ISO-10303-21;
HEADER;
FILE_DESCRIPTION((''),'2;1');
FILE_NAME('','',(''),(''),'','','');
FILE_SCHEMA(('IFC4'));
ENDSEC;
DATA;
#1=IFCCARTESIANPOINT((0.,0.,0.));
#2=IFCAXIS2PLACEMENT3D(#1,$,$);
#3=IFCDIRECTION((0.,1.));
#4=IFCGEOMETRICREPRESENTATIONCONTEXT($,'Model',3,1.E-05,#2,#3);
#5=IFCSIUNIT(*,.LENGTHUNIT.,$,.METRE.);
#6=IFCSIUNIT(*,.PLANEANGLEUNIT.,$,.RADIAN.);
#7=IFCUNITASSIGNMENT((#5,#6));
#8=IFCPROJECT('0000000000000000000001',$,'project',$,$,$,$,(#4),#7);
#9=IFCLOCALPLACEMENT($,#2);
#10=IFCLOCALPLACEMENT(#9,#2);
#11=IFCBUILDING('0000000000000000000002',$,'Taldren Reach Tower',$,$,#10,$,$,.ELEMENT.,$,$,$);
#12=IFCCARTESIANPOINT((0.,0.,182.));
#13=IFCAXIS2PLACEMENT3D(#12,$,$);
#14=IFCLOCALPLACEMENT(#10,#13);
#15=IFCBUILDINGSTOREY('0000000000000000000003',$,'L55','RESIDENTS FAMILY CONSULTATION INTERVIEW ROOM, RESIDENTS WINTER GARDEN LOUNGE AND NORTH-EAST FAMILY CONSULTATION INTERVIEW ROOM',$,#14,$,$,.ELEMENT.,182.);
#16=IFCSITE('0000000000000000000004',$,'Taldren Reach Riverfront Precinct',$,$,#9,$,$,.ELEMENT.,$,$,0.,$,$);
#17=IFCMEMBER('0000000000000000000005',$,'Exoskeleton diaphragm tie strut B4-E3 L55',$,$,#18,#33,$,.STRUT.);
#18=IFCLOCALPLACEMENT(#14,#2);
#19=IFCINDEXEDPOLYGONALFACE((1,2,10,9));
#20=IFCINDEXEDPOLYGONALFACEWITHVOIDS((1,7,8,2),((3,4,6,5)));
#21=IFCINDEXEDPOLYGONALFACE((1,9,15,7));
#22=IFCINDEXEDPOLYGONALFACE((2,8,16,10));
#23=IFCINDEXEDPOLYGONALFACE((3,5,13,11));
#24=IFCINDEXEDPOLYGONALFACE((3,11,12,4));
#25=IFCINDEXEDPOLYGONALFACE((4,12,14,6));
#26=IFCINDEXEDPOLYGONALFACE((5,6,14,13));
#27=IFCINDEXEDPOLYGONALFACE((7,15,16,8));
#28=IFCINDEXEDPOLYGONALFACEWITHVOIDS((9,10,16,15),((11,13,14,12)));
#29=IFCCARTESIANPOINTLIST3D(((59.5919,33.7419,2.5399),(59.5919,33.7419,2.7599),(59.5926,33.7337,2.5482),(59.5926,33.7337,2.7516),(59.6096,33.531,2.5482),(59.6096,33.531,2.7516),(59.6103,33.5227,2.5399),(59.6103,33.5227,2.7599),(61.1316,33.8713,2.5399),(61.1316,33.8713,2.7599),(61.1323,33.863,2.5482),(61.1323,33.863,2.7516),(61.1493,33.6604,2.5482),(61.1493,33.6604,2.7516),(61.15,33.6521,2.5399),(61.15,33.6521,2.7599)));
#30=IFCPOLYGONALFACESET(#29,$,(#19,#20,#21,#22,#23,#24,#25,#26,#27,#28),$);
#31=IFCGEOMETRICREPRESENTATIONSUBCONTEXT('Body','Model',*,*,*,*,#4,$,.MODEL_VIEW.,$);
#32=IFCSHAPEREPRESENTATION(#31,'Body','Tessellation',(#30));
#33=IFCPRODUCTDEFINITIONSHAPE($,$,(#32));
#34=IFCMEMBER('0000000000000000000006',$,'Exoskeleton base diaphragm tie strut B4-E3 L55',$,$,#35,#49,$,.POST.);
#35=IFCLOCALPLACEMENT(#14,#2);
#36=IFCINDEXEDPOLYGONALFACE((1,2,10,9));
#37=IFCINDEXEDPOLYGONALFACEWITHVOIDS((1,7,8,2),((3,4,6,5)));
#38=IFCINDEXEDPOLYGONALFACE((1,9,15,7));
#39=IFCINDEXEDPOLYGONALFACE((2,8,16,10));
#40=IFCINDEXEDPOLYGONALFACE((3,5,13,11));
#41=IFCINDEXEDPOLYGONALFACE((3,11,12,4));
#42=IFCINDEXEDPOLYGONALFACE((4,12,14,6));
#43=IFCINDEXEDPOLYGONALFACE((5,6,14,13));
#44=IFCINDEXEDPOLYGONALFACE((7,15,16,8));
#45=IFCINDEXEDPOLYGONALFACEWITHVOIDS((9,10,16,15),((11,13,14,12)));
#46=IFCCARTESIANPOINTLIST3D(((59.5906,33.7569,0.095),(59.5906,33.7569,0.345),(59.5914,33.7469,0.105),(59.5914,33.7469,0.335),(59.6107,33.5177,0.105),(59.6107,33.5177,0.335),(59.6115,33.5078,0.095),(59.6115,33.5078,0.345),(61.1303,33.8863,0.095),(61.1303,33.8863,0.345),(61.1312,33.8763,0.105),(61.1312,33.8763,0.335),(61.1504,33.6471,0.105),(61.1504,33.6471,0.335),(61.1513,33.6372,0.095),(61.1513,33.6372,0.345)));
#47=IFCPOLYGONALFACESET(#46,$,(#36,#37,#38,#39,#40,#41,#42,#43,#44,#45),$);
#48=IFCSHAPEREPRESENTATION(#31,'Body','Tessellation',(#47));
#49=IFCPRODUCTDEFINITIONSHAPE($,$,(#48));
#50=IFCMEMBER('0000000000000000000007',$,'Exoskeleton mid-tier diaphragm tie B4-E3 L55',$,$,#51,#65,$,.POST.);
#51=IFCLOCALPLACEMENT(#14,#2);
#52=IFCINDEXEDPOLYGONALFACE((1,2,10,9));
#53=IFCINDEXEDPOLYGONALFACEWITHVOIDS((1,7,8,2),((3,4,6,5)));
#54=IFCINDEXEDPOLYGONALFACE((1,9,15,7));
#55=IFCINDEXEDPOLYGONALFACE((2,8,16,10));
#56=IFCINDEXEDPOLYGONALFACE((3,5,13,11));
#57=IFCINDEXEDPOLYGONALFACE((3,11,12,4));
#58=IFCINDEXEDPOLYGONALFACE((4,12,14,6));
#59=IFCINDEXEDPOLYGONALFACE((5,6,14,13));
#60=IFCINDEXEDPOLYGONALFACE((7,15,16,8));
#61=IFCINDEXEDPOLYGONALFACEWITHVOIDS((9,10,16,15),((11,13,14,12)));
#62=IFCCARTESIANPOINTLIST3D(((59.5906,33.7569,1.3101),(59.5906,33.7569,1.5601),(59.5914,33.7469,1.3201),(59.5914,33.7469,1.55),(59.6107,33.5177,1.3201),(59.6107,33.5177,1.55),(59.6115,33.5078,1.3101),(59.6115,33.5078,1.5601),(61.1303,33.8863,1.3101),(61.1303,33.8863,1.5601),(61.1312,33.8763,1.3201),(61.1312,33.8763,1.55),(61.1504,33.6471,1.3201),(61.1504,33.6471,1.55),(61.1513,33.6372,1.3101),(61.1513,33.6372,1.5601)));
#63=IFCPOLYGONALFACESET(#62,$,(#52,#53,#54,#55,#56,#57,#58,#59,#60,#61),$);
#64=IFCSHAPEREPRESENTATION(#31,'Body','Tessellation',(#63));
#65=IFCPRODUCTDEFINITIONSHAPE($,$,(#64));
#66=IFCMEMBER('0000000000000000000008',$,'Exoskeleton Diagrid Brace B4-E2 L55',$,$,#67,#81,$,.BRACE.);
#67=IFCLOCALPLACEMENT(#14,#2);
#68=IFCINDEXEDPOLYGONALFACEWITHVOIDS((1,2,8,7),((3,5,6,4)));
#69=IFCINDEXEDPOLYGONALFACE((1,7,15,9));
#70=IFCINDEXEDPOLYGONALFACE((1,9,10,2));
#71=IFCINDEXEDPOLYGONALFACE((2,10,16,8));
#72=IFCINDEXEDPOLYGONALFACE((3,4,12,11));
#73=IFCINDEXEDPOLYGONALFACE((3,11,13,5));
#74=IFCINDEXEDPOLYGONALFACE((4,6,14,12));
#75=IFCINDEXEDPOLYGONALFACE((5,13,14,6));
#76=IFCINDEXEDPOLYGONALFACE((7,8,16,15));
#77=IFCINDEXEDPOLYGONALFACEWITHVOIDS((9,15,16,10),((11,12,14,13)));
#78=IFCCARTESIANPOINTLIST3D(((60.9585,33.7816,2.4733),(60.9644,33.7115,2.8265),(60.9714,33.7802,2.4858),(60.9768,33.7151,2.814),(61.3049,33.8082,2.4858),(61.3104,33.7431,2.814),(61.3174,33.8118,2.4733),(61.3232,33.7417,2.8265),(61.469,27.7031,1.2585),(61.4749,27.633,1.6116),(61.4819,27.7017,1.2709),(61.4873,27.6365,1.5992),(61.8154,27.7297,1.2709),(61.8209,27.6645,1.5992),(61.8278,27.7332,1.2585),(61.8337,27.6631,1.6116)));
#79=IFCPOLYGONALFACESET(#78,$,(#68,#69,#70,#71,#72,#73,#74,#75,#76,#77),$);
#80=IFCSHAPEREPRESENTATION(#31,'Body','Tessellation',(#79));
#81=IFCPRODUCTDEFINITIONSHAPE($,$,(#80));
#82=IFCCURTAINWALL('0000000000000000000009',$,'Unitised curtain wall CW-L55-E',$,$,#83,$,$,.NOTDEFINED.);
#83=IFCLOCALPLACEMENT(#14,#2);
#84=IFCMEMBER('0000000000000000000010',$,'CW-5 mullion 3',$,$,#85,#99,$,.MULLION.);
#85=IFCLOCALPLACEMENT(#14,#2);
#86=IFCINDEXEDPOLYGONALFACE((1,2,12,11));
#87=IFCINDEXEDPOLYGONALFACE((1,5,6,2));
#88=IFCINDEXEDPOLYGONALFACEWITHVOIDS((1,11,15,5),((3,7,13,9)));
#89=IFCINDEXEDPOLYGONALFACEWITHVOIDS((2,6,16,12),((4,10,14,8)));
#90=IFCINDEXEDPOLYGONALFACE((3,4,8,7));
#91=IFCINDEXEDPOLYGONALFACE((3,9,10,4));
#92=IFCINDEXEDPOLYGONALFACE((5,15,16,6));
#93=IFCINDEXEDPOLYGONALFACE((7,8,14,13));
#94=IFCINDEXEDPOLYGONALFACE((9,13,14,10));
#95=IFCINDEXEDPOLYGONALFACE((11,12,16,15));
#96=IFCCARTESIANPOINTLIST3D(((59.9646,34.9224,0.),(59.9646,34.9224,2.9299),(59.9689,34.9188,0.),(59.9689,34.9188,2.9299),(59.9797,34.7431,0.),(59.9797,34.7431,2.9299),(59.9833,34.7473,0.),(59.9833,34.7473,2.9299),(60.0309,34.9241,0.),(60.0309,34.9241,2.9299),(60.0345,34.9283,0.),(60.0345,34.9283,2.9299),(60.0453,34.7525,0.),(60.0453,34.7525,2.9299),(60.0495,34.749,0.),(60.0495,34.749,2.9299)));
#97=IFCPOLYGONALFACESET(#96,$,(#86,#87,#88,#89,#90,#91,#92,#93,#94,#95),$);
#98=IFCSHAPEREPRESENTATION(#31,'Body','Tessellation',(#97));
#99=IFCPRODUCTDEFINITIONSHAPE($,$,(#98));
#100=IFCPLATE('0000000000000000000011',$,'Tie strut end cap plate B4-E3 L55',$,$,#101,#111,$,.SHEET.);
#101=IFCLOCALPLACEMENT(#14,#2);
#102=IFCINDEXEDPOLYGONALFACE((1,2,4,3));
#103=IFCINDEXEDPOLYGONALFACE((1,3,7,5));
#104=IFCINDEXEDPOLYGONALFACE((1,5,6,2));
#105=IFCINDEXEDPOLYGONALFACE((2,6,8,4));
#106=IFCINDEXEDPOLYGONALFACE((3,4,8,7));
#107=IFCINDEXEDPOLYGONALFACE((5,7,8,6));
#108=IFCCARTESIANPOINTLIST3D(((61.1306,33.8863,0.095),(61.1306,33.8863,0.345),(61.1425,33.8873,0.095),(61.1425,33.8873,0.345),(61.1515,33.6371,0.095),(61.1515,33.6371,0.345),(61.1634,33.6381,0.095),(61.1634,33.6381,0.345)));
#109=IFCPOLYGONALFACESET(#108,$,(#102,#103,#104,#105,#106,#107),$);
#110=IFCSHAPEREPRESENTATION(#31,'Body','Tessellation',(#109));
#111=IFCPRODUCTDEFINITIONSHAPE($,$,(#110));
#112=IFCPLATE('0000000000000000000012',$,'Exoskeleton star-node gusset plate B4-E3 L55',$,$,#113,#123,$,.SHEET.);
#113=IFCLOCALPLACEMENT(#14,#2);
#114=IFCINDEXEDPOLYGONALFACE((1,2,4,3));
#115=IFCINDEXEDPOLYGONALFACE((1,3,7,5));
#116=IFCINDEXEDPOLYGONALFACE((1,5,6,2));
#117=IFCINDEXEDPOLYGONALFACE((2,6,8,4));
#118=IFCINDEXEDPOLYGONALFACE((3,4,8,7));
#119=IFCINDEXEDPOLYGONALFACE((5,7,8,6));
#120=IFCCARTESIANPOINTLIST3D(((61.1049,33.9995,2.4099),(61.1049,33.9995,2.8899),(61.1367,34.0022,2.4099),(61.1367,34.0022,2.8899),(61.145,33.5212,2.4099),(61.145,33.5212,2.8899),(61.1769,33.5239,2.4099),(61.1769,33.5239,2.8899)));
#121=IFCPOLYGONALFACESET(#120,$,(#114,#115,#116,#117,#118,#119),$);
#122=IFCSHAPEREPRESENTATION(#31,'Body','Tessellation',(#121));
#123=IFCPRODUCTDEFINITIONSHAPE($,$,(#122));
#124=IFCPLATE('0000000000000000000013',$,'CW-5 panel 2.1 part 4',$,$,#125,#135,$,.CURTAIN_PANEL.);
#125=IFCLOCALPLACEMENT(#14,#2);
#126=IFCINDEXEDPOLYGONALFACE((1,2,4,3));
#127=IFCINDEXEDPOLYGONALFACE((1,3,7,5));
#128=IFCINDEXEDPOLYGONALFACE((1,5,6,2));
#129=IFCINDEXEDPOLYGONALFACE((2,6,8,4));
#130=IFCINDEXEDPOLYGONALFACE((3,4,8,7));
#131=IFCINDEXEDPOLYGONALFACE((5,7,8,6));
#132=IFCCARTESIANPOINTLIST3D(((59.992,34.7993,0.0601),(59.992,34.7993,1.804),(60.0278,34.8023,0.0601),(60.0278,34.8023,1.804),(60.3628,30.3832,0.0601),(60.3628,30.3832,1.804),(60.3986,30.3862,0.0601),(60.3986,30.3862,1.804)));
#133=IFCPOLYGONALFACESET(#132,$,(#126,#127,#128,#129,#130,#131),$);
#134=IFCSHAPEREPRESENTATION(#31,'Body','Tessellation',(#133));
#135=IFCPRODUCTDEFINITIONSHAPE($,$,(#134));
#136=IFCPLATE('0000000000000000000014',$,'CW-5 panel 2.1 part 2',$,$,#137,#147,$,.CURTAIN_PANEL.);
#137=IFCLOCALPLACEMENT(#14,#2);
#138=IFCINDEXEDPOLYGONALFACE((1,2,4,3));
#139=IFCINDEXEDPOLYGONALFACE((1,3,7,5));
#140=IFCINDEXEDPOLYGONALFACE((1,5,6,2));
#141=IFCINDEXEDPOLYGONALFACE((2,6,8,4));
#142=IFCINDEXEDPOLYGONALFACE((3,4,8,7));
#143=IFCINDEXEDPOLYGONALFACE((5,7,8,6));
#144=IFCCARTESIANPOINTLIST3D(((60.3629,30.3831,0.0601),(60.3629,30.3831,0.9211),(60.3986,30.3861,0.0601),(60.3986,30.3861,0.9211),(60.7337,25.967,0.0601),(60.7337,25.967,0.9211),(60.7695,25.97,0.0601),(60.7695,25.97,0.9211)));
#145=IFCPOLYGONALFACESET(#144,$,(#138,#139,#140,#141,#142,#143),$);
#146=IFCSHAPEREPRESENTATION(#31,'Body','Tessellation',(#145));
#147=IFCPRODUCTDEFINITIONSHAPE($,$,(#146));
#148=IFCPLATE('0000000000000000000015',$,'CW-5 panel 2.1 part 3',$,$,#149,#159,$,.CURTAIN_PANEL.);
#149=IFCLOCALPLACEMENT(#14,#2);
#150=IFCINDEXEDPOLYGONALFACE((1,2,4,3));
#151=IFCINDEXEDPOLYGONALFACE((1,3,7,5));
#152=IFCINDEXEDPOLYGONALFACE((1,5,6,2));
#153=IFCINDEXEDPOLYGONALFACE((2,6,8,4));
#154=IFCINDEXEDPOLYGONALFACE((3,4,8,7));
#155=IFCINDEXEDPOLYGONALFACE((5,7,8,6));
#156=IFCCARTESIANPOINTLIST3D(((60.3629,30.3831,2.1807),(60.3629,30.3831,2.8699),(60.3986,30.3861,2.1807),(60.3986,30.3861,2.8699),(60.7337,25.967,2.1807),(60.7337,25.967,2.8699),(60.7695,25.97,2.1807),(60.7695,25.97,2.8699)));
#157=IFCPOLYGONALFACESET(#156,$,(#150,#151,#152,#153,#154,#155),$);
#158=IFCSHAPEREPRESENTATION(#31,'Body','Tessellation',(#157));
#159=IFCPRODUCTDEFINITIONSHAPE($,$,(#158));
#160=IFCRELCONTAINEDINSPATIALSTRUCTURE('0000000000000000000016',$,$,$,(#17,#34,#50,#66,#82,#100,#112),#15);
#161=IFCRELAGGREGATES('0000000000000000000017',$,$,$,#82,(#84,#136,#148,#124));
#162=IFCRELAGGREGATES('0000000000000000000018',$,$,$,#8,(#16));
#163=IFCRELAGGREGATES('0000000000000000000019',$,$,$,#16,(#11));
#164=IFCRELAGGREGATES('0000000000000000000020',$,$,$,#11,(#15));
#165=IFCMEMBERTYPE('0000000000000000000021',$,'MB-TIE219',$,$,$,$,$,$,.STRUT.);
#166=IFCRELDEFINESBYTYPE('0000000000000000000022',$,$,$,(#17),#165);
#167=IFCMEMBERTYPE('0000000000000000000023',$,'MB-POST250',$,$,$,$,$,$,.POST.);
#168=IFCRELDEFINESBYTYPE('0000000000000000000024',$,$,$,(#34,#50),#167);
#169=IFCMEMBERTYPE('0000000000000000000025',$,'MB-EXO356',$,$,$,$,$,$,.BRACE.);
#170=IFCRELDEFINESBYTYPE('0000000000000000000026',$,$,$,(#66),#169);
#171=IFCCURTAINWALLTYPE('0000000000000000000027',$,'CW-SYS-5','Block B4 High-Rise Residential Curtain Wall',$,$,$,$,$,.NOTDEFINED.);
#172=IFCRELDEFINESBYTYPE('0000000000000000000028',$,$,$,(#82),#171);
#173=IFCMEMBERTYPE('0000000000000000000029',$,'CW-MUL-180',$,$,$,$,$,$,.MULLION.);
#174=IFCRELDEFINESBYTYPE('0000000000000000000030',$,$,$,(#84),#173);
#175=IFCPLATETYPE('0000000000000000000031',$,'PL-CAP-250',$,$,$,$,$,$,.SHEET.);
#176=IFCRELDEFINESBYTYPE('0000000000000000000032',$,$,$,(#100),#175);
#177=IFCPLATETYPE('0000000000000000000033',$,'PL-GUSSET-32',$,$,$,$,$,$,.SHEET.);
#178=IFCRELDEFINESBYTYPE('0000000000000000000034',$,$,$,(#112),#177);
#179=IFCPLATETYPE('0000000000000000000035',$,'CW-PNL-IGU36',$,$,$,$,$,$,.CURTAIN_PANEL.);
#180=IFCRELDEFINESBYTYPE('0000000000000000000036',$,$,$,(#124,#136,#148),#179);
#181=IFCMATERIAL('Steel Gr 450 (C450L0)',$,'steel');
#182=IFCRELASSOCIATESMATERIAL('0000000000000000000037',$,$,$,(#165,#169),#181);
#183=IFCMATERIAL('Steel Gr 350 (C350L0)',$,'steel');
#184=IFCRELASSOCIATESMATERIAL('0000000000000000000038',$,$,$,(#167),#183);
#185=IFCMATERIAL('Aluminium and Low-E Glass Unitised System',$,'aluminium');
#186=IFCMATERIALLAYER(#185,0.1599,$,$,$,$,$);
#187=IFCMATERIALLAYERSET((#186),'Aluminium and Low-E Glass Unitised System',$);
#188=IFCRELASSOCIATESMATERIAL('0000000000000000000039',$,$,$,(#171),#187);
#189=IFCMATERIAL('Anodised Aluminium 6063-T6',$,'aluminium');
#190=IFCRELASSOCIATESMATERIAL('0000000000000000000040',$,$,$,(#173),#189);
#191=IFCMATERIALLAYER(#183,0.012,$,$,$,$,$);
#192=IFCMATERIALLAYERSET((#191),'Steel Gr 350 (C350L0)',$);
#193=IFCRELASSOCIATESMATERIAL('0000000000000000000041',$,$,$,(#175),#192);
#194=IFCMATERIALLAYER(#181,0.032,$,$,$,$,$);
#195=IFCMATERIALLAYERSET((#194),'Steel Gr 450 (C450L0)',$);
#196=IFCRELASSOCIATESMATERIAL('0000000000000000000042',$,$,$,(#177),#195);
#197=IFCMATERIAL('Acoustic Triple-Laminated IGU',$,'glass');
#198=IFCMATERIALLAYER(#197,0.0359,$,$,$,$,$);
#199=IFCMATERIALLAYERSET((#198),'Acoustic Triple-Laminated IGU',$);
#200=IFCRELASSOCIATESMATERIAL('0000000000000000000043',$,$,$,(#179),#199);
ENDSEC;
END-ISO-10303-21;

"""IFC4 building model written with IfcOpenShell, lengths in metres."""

from ifc_helpers import new_model, si_unit, direction, frame, origin, origin_2d, place, context, subcontext, project, spatial, rectangle, hollow_rectangle, extrude, source, transform, mapped, material, layer, layer_set, material_profile, profile_set, type_object, element, aggregate, save


model = new_model("IFC4")

# Units and contexts
model_context = context("Model", 3, precision=1e-05, world=origin(), true_north=direction((0.0, 1.0)))
body_context = subcontext(model_context, "Body", "Model", "MODEL_VIEW")
ifc_project = project(units=[si_unit("LENGTHUNIT", "METRE"), si_unit("PLANEANGLEUNIT", "RADIAN")], contexts=[model_context])

# Site, building, storey
site_placement = place(None, origin())
site = spatial("IfcSite", under=ifc_project, at=site_placement, Name="Taldren Reach Riverfront Precinct", CompositionType="ELEMENT", RefElevation=0.0)
building_placement = place(site_placement, origin())
building = spatial("IfcBuilding", under=site, at=building_placement, Name="Taldren Reach Tower", CompositionType="ELEMENT")
storey_placement = place(building_placement, frame((0.0, 0.0, 182.0)))
storey = spatial("IfcBuildingStorey", under=building, at=storey_placement, Name="L55", Description="RESIDENTS FAMILY CONSULTATION INTERVIEW ROOM, RESIDENTS WINTER GARDEN LOUNGE AND NORTH-EAST FAMILY CONSULTATION INTERVIEW ROOM", CompositionType="ELEMENT", Elevation=182.0)

# Shared definitions
ifc_material_1 = material(Name="Steel Gr 450 (C450L0)", Category="steel")

# Members
ifc_material_profile_1 = material_profile(ifc_material_1, hollow_rectangle(XDim=0.22, YDim=0.22, WallThickness=0.0083, at=origin_2d()), Name="220x220x8.2SHS")
ifc_profile_set_1 = profile_set([ifc_material_profile_1], Name="Steel Gr 450 (C450L0)")
member_type_1 = type_object("IfcMemberType", Name="MB-TIE219", PredefinedType="STRUT", material=ifc_profile_set_1)
shared_shape_1 = source(origin(), body_context, "Body", "SweptSolid", [
    extrude(hollow_rectangle(XDim=0.22, YDim=0.22, WallThickness=0.0083, at=origin_2d()), origin(), (0.0, 0.0, 1.0), 1.5452),
])
member_1_placement = place(storey_placement, frame((59.6011, 33.6323, 2.6499), z_axis=(0.996488, 0.083738, 0.0), x_axis=(-0.083738, 0.996488, 0.0)))
element("IfcMember", 1, at=member_1_placement, inside=storey, type_object=member_type_1, Name="Exoskeleton diaphragm tie strut B4-E3 L55", PredefinedType="STRUT", context=body_context, shape_type="MappedRepresentation", body=[
    mapped(shared_shape_1, transform((0.0, 0.0, 0.0), scale=1.0)),
])
ifc_material_2 = material(Name="Steel Gr 350 (C350L0)", Category="steel")
ifc_material_profile_2 = material_profile(ifc_material_2, hollow_rectangle(XDim=0.25, YDim=0.25, WallThickness=0.01, at=origin_2d()), Name="250x250x10.0SHS")
ifc_profile_set_2 = profile_set([ifc_material_profile_2], Name="Steel Gr 350 (C350L0)")
member_type_2 = type_object("IfcMemberType", Name="MB-POST250", PredefinedType="POST", material=ifc_profile_set_2)
shared_shape_2 = source(origin(), body_context, "Body", "SweptSolid", [
    extrude(hollow_rectangle(XDim=0.25, YDim=0.25, WallThickness=0.01, at=origin_2d()), origin(), (0.0, 0.0, 1.0), 1.5452),
])
for number, where, z_axis, x_axis, name in (
    (2, (59.6011, 33.6323, 0.22), (0.996488, 0.083738, 0.0), (-0.083738, 0.996488, 0.0), "Exoskeleton base diaphragm tie strut B4-E3 L55"),
    (3, (59.6011, 33.6323, 1.4351), (0.996488, 0.083738, 0.0), (-0.083738, 0.996488, 0.0), "Exoskeleton mid-tier diaphragm tie B4-E3 L55"),
):
    element("IfcMember", number, at=place(storey_placement, frame(where, z_axis=z_axis, x_axis=x_axis)), inside=storey, type_object=member_type_2, Name=name, PredefinedType="POST", context=body_context, shape_type="MappedRepresentation", body=[
        mapped(shared_shape_2, transform((0.0, 0.0, 0.0), scale=1.0)),
    ])
ifc_material_profile_3 = material_profile(ifc_material_1, hollow_rectangle(XDim=0.3601, YDim=0.3601, WallThickness=0.0127, at=origin_2d()), Name="360x360x12.7SHS")
ifc_profile_set_3 = profile_set([ifc_material_profile_3], Name="Steel Gr 450 (C450L0)")
member_type_3 = type_object("IfcMemberType", Name="MB-EXO356", PredefinedType="BRACE", material=ifc_profile_set_3)
shared_shape_3 = source(origin(), body_context, "Body", "SweptSolid", [
    extrude(hollow_rectangle(XDim=0.3601, YDim=0.3601, WallThickness=0.0127, at=origin_2d()), origin(), (0.0, 0.0, 1.0), 6.2197),
])
member_2_placement = place(storey_placement, frame((61.6514, 27.6831, 1.4351), z_axis=(-0.082076, 0.977299, 0.195319), x_axis=(-0.996492, -0.083688, 0.0)))
element("IfcMember", 4, at=member_2_placement, inside=storey, type_object=member_type_3, Name="Exoskeleton Diagrid Brace B4-E2 L55", PredefinedType="BRACE", context=body_context, shape_type="MappedRepresentation", body=[
    mapped(shared_shape_3, transform((0.0, 0.0, 0.0), scale=1.0)),
])

# Curtain wall, member
ifc_material_3 = material(Name="Aluminium and Low-E Glass Unitised System", Category="aluminium")
ifc_layer_1 = layer(ifc_material_3, 0.1599)
ifc_layer_set_1 = layer_set([ifc_layer_1], Name="Aluminium and Low-E Glass Unitised System")
curtain_wall_type = type_object("IfcCurtainWallType", Name="CW-SYS-5", Description="Block B4 High-Rise Residential Curtain Wall", PredefinedType="NOTDEFINED", material=ifc_layer_set_1)
curtain_wall_placement = place(storey_placement, origin())
curtain_wall = element("IfcCurtainWall", 5, at=curtain_wall_placement, inside=storey, type_object=curtain_wall_type, Name="Unitised curtain wall CW-L55-E", PredefinedType="NOTDEFINED")
ifc_material_4 = material(Name="Anodised Aluminium 6063-T6", Category="aluminium")
ifc_material_profile_4 = material_profile(ifc_material_4, hollow_rectangle(XDim=0.0701, YDim=0.1799, WallThickness=0.0039, at=origin_2d()), Name="ALU-180x70x4RHS")
ifc_profile_set_4 = profile_set([ifc_material_profile_4], Name="Anodised Aluminium 6063-T6")
member_type_4 = type_object("IfcMemberType", Name="CW-MUL-180", PredefinedType="MULLION", material=ifc_profile_set_4)
shared_shape_4 = source(origin(), body_context, "Body", "SweptSolid", [
    extrude(hollow_rectangle(XDim=0.0701, YDim=0.1799, WallThickness=0.0039, at=origin_2d()), origin(), (0.0, 0.0, 1.0), 2.9299),
])
member_3_placement = place(storey_placement, frame((60.0071, 34.8357, 0.0), z_axis=(0.0, 0.0, 1.0), x_axis=(-0.996493, -0.083678, 0.0)))
member_3 = element("IfcMember", 6, at=member_3_placement, type_object=member_type_4, Name="CW-5 mullion 3", PredefinedType="MULLION", context=body_context, shape_type="MappedRepresentation", body=[
    mapped(shared_shape_4, transform((0.0, 0.0, 0.0), scale=1.0)),
])

# Plates
ifc_layer_2 = layer(ifc_material_2, 0.012)
ifc_layer_set_2 = layer_set([ifc_layer_2], Name="Steel Gr 350 (C350L0)")
plate_type_1 = type_object("IfcPlateType", Name="PL-CAP-250", PredefinedType="SHEET", material=ifc_layer_set_2)
shared_shape_5 = source(origin(), body_context, "Body", "SweptSolid", [
    extrude(rectangle(XDim=0.012, YDim=0.25, at=origin_2d()), origin(), (0.0, 0.0, 1.0), 0.25),
])
plate_1_placement = place(storey_placement, frame((61.147, 33.7622, 0.095), z_axis=(0.0, 0.0, 1.0), x_axis=(0.996493, 0.083678, 0.0)))
element("IfcPlate", 7, at=plate_1_placement, inside=storey, type_object=plate_type_1, Name="Tie strut end cap plate B4-E3 L55", PredefinedType="SHEET", context=body_context, shape_type="MappedRepresentation", body=[
    mapped(shared_shape_5, transform((0.0, 0.0, 0.0), scale=1.0)),
])
ifc_layer_3 = layer(ifc_material_1, 0.032)
ifc_layer_set_3 = layer_set([ifc_layer_3], Name="Steel Gr 450 (C450L0)")
plate_type_2 = type_object("IfcPlateType", Name="PL-GUSSET-32", PredefinedType="SHEET", material=ifc_layer_set_3)
shared_shape_6 = source(origin(), body_context, "Body", "SweptSolid", [
    extrude(rectangle(XDim=0.48, YDim=0.032, at=origin_2d()), origin(), (0.0, 0.0, 1.0), 0.48),
])
plate_2_placement = place(storey_placement, frame((61.1409, 33.7617, 2.4099), z_axis=(0.0, 0.0, 1.0), x_axis=(-0.083678, 0.996493, 0.0)))
element("IfcPlate", 8, at=plate_2_placement, inside=storey, type_object=plate_type_2, Name="Exoskeleton star-node gusset plate B4-E3 L55", PredefinedType="SHEET", context=body_context, shape_type="MappedRepresentation", body=[
    mapped(shared_shape_6, transform((0.0, 0.0, 0.0), scale=1.0)),
])

# Plates
ifc_material_5 = material(Name="Acoustic Triple-Laminated IGU", Category="glass")
ifc_layer_4 = layer(ifc_material_5, 0.0359)
ifc_layer_set_4 = layer_set([ifc_layer_4], Name="Acoustic Triple-Laminated IGU")
plate_type_3 = type_object("IfcPlateType", Name="CW-PNL-IGU36", PredefinedType="CURTAIN_PANEL", material=ifc_layer_set_4)
shared_shape_7 = source(origin(), body_context, "Body", "SweptSolid", [
    extrude(rectangle(XDim=4.4316, YDim=0.0359, at=origin_2d()), origin(), (0.0, 0.0, 1.0), 1.7439),
])
plate_3_placement = place(storey_placement, frame((60.1953, 32.5928, 0.0601), z_axis=(0.0, 0.0, 1.0), x_axis=(-0.083678, 0.996493, 0.0)))
plate_3 = element("IfcPlate", 9, at=plate_3_placement, type_object=plate_type_3, Name="CW-5 panel 2.1 part 4", PredefinedType="CURTAIN_PANEL", context=body_context, shape_type="MappedRepresentation", body=[
    mapped(shared_shape_7, transform((0.0, 0.0, 0.0), scale=1.0)),
])
shared_shape_8 = source(origin(), body_context, "Body", "SweptSolid", [
    extrude(rectangle(XDim=4.4316, YDim=0.0359, at=origin_2d()), origin(), (0.0, 0.0, 1.0), 0.8611),
])
plate_4_placement = place(storey_placement, frame((60.5662, 28.1765, 0.0601), z_axis=(0.0, 0.0, 1.0), x_axis=(-0.083678, 0.996493, 0.0)))
plate_4 = element("IfcPlate", 10, at=plate_4_placement, type_object=plate_type_3, Name="CW-5 panel 2.1 part 2", PredefinedType="CURTAIN_PANEL", context=body_context, shape_type="MappedRepresentation", body=[
    mapped(shared_shape_8, transform((0.0, 0.0, 0.0), scale=1.0)),
])
shared_shape_9 = source(origin(), body_context, "Body", "SweptSolid", [
    extrude(rectangle(XDim=4.4316, YDim=0.0359, at=origin_2d()), origin(), (0.0, 0.0, 1.0), 0.6892),
])
plate_5_placement = place(storey_placement, frame((60.5662, 28.1765, 2.1807), z_axis=(0.0, 0.0, 1.0), x_axis=(-0.083678, 0.996493, 0.0)))
plate_5 = element("IfcPlate", 11, at=plate_5_placement, type_object=plate_type_3, Name="CW-5 panel 2.1 part 3", PredefinedType="CURTAIN_PANEL", context=body_context, shape_type="MappedRepresentation", body=[
    mapped(shared_shape_9, transform((0.0, 0.0, 0.0), scale=1.0)),
])
aggregate(curtain_wall, [member_3, plate_4, plate_5, plate_3])

save(model, "model.ifc")
